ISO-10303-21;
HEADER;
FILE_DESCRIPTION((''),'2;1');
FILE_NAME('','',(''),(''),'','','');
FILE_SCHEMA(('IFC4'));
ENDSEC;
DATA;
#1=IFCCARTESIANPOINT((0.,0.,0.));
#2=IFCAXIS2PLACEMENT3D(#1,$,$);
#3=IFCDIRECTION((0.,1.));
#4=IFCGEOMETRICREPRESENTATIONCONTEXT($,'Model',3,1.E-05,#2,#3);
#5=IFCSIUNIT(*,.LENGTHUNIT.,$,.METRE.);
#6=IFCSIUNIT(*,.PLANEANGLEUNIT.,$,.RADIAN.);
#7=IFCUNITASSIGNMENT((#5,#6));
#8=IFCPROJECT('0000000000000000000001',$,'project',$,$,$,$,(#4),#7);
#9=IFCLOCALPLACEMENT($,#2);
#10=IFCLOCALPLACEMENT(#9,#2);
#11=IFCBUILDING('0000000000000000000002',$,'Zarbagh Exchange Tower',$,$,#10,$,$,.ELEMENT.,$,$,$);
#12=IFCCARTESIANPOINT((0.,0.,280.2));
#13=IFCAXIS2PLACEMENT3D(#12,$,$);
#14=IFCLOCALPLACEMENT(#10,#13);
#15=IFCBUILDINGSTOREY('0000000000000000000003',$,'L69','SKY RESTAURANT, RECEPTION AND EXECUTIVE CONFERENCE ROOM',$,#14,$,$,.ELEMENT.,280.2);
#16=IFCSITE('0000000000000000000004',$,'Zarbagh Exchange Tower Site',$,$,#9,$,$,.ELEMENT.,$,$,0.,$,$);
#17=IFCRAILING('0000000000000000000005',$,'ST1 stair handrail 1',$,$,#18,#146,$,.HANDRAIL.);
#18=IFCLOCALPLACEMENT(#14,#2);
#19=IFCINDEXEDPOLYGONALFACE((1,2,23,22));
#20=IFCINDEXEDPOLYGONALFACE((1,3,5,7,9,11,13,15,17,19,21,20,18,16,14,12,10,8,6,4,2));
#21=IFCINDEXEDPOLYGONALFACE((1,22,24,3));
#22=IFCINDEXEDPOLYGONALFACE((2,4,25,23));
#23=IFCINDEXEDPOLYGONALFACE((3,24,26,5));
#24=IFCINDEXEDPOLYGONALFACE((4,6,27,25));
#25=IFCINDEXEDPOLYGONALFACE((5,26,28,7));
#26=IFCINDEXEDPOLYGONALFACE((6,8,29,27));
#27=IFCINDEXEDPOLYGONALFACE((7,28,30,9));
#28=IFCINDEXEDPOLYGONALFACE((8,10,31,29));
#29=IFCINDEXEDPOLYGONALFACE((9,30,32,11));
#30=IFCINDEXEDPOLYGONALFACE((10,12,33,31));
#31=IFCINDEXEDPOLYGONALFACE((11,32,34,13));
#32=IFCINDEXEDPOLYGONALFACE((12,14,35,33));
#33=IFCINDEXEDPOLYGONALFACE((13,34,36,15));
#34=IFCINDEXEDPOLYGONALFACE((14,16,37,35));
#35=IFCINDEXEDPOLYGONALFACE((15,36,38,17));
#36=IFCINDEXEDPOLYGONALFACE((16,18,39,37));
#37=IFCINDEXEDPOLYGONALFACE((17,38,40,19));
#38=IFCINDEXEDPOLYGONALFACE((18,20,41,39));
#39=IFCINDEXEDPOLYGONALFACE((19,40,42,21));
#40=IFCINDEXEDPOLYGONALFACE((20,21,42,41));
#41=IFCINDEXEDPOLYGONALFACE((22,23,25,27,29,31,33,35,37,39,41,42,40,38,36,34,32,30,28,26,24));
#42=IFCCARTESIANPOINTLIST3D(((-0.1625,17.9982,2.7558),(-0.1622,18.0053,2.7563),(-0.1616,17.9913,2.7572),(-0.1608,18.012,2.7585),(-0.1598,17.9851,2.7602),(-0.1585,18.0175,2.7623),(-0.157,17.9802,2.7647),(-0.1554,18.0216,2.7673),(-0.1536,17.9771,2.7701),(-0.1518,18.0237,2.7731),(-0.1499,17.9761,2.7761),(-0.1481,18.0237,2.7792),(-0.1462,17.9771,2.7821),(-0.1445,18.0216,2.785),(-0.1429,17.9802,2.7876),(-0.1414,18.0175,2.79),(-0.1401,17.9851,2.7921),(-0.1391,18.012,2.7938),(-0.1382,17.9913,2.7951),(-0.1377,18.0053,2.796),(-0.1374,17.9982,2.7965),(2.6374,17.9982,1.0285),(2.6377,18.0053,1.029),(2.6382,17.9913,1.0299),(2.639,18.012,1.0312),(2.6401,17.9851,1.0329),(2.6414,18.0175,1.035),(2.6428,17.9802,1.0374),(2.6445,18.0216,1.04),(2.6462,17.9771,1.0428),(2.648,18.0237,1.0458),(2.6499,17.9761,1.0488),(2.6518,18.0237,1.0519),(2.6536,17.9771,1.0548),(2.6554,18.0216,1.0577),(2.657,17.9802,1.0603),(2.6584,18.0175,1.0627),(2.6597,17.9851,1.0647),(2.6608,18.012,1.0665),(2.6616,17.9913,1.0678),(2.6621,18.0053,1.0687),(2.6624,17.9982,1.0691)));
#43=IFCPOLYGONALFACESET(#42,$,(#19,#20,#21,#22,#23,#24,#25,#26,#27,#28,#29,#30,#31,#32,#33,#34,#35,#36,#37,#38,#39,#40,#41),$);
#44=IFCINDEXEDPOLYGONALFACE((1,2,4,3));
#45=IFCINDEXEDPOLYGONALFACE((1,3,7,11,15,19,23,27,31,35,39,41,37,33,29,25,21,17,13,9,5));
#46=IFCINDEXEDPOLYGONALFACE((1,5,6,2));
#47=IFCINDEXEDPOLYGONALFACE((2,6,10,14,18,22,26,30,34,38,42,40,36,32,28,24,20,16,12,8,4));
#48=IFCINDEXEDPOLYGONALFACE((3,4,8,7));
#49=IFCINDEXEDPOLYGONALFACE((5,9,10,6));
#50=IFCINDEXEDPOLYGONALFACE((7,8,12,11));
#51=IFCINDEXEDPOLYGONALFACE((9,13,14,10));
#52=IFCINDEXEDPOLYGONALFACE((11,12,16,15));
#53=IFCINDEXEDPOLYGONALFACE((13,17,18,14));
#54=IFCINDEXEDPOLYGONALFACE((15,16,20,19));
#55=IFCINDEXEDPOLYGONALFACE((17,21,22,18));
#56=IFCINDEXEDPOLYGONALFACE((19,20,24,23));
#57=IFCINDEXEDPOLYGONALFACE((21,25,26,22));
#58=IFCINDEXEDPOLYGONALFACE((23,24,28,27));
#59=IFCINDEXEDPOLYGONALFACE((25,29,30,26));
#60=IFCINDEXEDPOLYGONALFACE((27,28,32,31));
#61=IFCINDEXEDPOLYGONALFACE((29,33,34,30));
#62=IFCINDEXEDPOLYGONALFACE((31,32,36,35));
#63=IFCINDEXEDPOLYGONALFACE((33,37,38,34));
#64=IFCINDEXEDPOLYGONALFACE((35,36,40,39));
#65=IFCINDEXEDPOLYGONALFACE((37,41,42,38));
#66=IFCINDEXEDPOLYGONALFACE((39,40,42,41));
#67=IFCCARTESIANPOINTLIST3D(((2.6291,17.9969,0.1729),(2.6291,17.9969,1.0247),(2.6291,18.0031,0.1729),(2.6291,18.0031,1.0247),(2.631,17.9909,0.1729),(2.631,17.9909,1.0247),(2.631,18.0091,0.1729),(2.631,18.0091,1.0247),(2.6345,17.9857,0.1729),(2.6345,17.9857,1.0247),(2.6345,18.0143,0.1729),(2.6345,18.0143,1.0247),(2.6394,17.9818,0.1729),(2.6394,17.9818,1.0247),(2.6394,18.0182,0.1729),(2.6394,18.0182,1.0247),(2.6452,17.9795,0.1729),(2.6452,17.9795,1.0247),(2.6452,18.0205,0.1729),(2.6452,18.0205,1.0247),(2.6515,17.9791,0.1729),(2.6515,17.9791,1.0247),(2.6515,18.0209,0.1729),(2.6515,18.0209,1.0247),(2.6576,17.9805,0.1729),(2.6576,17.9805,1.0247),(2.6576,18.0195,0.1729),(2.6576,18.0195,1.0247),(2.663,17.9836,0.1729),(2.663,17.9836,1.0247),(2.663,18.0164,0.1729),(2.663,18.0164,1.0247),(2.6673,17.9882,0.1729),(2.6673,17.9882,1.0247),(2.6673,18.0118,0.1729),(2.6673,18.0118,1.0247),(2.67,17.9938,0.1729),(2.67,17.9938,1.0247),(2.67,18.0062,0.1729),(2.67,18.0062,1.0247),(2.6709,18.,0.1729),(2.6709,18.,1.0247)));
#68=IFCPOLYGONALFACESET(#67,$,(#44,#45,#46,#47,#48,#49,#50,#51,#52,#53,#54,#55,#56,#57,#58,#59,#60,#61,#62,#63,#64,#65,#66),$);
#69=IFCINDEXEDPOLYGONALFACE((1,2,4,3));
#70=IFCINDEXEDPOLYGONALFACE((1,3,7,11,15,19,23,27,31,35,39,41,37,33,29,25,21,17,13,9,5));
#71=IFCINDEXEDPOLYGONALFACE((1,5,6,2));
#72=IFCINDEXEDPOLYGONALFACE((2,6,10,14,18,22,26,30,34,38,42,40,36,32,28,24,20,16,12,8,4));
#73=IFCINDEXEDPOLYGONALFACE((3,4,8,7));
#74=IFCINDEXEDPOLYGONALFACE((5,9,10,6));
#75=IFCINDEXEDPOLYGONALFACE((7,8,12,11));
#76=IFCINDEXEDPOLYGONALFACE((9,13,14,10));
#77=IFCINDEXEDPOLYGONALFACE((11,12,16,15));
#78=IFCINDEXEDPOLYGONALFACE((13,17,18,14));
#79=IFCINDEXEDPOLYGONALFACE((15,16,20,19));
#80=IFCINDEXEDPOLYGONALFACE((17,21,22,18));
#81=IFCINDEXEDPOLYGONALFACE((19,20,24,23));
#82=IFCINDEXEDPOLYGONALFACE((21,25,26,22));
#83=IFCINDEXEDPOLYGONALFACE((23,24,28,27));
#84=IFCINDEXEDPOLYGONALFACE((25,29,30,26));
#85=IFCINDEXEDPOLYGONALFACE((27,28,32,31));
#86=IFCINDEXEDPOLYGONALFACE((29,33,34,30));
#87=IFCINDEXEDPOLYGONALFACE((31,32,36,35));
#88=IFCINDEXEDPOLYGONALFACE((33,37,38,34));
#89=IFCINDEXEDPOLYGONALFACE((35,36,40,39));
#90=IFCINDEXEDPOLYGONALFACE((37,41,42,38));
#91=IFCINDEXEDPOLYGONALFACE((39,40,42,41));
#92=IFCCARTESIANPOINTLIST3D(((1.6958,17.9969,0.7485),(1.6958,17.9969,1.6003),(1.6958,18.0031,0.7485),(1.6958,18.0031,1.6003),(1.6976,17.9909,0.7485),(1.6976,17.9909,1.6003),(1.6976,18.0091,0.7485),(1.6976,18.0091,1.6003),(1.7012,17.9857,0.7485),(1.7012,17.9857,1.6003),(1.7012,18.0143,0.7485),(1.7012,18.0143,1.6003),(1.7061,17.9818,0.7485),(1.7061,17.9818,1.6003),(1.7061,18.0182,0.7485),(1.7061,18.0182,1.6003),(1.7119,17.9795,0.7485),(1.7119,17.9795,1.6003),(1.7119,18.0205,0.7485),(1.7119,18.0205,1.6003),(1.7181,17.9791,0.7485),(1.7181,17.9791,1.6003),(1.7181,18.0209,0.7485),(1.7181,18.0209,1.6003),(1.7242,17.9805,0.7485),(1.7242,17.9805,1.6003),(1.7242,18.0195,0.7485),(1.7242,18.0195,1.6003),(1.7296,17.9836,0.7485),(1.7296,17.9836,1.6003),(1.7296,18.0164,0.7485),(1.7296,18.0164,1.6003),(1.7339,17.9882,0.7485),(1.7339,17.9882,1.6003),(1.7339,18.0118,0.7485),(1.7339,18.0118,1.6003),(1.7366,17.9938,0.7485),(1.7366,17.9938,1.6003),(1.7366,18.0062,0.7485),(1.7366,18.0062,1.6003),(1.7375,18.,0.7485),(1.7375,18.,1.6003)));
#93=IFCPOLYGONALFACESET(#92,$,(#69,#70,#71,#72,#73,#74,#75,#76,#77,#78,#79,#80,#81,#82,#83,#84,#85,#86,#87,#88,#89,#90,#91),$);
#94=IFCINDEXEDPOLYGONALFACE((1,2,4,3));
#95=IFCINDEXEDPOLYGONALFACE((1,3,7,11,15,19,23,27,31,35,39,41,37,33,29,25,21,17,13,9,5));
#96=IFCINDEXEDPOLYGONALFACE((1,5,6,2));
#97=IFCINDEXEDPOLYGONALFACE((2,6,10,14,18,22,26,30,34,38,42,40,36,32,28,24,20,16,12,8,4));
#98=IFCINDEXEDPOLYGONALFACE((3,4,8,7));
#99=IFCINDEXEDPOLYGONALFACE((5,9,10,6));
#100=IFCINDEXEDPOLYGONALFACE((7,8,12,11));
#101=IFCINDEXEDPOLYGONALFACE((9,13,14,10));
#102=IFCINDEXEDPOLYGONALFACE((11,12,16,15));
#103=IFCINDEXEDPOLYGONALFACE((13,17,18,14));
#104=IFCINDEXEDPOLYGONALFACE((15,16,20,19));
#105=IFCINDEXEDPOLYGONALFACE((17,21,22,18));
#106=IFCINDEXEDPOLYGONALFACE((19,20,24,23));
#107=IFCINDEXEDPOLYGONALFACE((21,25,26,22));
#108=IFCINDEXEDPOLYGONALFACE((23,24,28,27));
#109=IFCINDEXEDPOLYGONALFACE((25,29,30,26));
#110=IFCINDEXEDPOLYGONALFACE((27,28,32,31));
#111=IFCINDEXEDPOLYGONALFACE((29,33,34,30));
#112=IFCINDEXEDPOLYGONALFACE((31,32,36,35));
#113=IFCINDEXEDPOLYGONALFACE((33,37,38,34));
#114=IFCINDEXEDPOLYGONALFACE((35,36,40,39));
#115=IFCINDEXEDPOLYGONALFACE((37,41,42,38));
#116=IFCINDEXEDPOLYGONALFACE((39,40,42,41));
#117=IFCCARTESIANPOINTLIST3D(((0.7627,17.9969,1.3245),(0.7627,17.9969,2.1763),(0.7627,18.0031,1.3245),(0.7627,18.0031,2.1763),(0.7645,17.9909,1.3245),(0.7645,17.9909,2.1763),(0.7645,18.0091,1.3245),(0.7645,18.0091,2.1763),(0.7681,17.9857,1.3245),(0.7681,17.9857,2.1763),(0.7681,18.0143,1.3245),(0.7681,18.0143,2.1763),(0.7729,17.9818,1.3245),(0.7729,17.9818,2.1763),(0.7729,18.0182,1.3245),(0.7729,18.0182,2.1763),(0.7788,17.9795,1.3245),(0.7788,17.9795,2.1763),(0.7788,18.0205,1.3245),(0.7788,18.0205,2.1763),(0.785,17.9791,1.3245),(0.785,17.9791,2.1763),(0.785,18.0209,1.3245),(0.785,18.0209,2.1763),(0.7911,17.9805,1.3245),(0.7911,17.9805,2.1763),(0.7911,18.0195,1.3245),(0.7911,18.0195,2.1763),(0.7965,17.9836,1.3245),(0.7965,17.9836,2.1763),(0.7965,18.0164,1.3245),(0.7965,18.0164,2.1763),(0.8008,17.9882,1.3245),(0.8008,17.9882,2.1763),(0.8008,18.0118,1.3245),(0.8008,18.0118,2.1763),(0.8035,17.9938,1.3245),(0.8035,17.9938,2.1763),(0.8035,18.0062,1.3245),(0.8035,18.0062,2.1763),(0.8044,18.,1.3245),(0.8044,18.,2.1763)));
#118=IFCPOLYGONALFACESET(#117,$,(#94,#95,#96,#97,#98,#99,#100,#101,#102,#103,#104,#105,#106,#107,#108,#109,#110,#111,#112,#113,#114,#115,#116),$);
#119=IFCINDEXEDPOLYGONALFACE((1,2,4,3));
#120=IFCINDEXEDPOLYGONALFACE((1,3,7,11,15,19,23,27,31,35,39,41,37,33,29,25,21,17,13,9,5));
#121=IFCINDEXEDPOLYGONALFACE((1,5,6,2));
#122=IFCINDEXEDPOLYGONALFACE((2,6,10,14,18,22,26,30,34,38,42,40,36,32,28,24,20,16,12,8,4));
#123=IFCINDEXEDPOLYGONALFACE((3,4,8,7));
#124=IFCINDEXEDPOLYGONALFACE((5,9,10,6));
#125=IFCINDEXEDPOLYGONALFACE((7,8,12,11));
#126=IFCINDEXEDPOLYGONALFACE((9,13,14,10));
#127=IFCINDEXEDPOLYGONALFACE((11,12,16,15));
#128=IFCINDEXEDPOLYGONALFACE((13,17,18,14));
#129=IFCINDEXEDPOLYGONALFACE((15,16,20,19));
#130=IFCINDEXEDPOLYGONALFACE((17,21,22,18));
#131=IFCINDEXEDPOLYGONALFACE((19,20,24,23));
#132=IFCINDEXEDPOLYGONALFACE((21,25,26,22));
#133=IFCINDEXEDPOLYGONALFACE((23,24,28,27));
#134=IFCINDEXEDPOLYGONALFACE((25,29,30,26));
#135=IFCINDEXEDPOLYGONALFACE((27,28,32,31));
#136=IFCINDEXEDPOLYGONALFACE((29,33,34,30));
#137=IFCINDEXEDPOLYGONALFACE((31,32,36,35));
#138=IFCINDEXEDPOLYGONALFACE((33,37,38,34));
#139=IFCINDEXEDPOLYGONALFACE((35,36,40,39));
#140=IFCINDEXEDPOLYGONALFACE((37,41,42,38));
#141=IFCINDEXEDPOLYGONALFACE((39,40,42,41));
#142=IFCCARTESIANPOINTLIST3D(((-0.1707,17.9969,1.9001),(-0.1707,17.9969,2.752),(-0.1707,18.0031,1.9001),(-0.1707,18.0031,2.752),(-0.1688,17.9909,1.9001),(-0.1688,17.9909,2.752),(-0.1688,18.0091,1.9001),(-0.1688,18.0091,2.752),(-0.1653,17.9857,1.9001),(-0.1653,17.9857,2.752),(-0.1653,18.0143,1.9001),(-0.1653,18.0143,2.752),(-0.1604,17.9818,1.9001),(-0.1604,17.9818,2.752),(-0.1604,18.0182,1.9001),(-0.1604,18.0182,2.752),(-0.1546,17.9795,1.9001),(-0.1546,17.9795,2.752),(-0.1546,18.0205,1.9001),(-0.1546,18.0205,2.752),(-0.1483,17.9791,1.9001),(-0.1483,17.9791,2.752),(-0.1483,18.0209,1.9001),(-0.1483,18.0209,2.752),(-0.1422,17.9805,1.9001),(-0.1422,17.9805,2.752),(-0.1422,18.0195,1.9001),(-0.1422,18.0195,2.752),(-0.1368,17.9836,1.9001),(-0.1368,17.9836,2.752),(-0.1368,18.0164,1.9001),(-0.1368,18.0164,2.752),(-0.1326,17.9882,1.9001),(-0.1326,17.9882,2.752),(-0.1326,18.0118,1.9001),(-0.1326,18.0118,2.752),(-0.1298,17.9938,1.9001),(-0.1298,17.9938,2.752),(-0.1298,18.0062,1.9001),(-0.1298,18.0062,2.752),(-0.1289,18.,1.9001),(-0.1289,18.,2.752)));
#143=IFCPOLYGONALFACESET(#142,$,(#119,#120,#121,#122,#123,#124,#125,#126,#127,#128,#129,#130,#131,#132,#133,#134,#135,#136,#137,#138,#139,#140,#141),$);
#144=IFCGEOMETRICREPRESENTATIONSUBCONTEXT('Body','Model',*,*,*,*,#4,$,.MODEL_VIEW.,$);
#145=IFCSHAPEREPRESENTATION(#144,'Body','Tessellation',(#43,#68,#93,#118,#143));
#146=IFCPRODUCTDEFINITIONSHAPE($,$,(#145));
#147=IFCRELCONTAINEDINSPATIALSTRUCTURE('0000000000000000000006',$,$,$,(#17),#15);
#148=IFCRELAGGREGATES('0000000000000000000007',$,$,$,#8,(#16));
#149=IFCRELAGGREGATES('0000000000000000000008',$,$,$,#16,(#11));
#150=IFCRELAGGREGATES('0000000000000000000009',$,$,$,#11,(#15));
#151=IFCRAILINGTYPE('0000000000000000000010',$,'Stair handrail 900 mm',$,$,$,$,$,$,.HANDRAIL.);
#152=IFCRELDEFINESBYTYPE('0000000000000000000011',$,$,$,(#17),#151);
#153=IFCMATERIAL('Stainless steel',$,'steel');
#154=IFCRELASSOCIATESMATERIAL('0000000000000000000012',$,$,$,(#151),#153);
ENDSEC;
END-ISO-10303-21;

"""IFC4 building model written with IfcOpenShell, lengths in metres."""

from ifc_helpers import new_model, si_unit, direction, frame, origin, origin_2d, place, context, subcontext, project, spatial, circle, extrude, material, type_object, element, save


model = new_model("IFC4")

# Units and contexts
model_context = context("Model", 3, precision=1e-05, world=origin(), true_north=direction((0.0, 1.0)))
body_context = subcontext(model_context, "Body", "Model", "MODEL_VIEW")
ifc_project = project(units=[si_unit("LENGTHUNIT", "METRE"), si_unit("PLANEANGLEUNIT", "RADIAN")], contexts=[model_context])

# Site, building, storey
site_placement = place(None, origin())
site = spatial("IfcSite", under=ifc_project, at=site_placement, Name="Zarbagh Exchange Tower Site", CompositionType="ELEMENT", RefElevation=0.0)
building_placement = place(site_placement, origin())
building = spatial("IfcBuilding", under=site, at=building_placement, Name="Zarbagh Exchange Tower", CompositionType="ELEMENT")
storey_placement = place(building_placement, frame((0.0, 0.0, 280.2)))
storey = spatial("IfcBuildingStorey", under=building, at=storey_placement, Name="L69", Description="SKY RESTAURANT, RECEPTION AND EXECUTIVE CONFERENCE ROOM", CompositionType="ELEMENT", Elevation=280.2)

# Shared definitions
ifc_material_1 = material(Name="Stainless steel", Category="steel")

# Railing
railing_type_1 = type_object("IfcRailingType", Name="Stair handrail 900 mm", PredefinedType="HANDRAIL", material=ifc_material_1)
railing_1_placement = place(storey_placement, frame((2.6499, 18.0, 0.1729)))
element("IfcRailing", 1, at=railing_1_placement, inside=storey, type_object=railing_type_1, Name="ST1 stair handrail 1", PredefinedType="HANDRAIL", context=body_context, shape_type="SweptSolid", body=[
    extrude(circle(Radius=0.0239, at=origin_2d()), frame((0.0, 0.0, 0.876), z_axis=(-0.851069, 0.0, 0.525054), x_axis=(0.0, -1.0, 0.0)), (0.0, 0.0, 1.0), 3.2898),
    extrude(circle(Radius=0.021, at=origin_2d()), origin(), (0.0, 0.0, 1.0), 0.8518),
    extrude(circle(Radius=0.021, at=origin_2d()), frame((-0.9333, 0.0, 0.5757)), (0.0, 0.0, 1.0), 0.8518),
    extrude(circle(Radius=0.021, at=origin_2d()), frame((-1.8665, 0.0, 1.1516)), (0.0, 0.0, 1.0), 0.8518),
    extrude(circle(Radius=0.021, at=origin_2d()), frame((-2.7998, 0.0, 1.7273)), (0.0, 0.0, 1.0), 0.8518),
])

save(model, "model.ifc")
